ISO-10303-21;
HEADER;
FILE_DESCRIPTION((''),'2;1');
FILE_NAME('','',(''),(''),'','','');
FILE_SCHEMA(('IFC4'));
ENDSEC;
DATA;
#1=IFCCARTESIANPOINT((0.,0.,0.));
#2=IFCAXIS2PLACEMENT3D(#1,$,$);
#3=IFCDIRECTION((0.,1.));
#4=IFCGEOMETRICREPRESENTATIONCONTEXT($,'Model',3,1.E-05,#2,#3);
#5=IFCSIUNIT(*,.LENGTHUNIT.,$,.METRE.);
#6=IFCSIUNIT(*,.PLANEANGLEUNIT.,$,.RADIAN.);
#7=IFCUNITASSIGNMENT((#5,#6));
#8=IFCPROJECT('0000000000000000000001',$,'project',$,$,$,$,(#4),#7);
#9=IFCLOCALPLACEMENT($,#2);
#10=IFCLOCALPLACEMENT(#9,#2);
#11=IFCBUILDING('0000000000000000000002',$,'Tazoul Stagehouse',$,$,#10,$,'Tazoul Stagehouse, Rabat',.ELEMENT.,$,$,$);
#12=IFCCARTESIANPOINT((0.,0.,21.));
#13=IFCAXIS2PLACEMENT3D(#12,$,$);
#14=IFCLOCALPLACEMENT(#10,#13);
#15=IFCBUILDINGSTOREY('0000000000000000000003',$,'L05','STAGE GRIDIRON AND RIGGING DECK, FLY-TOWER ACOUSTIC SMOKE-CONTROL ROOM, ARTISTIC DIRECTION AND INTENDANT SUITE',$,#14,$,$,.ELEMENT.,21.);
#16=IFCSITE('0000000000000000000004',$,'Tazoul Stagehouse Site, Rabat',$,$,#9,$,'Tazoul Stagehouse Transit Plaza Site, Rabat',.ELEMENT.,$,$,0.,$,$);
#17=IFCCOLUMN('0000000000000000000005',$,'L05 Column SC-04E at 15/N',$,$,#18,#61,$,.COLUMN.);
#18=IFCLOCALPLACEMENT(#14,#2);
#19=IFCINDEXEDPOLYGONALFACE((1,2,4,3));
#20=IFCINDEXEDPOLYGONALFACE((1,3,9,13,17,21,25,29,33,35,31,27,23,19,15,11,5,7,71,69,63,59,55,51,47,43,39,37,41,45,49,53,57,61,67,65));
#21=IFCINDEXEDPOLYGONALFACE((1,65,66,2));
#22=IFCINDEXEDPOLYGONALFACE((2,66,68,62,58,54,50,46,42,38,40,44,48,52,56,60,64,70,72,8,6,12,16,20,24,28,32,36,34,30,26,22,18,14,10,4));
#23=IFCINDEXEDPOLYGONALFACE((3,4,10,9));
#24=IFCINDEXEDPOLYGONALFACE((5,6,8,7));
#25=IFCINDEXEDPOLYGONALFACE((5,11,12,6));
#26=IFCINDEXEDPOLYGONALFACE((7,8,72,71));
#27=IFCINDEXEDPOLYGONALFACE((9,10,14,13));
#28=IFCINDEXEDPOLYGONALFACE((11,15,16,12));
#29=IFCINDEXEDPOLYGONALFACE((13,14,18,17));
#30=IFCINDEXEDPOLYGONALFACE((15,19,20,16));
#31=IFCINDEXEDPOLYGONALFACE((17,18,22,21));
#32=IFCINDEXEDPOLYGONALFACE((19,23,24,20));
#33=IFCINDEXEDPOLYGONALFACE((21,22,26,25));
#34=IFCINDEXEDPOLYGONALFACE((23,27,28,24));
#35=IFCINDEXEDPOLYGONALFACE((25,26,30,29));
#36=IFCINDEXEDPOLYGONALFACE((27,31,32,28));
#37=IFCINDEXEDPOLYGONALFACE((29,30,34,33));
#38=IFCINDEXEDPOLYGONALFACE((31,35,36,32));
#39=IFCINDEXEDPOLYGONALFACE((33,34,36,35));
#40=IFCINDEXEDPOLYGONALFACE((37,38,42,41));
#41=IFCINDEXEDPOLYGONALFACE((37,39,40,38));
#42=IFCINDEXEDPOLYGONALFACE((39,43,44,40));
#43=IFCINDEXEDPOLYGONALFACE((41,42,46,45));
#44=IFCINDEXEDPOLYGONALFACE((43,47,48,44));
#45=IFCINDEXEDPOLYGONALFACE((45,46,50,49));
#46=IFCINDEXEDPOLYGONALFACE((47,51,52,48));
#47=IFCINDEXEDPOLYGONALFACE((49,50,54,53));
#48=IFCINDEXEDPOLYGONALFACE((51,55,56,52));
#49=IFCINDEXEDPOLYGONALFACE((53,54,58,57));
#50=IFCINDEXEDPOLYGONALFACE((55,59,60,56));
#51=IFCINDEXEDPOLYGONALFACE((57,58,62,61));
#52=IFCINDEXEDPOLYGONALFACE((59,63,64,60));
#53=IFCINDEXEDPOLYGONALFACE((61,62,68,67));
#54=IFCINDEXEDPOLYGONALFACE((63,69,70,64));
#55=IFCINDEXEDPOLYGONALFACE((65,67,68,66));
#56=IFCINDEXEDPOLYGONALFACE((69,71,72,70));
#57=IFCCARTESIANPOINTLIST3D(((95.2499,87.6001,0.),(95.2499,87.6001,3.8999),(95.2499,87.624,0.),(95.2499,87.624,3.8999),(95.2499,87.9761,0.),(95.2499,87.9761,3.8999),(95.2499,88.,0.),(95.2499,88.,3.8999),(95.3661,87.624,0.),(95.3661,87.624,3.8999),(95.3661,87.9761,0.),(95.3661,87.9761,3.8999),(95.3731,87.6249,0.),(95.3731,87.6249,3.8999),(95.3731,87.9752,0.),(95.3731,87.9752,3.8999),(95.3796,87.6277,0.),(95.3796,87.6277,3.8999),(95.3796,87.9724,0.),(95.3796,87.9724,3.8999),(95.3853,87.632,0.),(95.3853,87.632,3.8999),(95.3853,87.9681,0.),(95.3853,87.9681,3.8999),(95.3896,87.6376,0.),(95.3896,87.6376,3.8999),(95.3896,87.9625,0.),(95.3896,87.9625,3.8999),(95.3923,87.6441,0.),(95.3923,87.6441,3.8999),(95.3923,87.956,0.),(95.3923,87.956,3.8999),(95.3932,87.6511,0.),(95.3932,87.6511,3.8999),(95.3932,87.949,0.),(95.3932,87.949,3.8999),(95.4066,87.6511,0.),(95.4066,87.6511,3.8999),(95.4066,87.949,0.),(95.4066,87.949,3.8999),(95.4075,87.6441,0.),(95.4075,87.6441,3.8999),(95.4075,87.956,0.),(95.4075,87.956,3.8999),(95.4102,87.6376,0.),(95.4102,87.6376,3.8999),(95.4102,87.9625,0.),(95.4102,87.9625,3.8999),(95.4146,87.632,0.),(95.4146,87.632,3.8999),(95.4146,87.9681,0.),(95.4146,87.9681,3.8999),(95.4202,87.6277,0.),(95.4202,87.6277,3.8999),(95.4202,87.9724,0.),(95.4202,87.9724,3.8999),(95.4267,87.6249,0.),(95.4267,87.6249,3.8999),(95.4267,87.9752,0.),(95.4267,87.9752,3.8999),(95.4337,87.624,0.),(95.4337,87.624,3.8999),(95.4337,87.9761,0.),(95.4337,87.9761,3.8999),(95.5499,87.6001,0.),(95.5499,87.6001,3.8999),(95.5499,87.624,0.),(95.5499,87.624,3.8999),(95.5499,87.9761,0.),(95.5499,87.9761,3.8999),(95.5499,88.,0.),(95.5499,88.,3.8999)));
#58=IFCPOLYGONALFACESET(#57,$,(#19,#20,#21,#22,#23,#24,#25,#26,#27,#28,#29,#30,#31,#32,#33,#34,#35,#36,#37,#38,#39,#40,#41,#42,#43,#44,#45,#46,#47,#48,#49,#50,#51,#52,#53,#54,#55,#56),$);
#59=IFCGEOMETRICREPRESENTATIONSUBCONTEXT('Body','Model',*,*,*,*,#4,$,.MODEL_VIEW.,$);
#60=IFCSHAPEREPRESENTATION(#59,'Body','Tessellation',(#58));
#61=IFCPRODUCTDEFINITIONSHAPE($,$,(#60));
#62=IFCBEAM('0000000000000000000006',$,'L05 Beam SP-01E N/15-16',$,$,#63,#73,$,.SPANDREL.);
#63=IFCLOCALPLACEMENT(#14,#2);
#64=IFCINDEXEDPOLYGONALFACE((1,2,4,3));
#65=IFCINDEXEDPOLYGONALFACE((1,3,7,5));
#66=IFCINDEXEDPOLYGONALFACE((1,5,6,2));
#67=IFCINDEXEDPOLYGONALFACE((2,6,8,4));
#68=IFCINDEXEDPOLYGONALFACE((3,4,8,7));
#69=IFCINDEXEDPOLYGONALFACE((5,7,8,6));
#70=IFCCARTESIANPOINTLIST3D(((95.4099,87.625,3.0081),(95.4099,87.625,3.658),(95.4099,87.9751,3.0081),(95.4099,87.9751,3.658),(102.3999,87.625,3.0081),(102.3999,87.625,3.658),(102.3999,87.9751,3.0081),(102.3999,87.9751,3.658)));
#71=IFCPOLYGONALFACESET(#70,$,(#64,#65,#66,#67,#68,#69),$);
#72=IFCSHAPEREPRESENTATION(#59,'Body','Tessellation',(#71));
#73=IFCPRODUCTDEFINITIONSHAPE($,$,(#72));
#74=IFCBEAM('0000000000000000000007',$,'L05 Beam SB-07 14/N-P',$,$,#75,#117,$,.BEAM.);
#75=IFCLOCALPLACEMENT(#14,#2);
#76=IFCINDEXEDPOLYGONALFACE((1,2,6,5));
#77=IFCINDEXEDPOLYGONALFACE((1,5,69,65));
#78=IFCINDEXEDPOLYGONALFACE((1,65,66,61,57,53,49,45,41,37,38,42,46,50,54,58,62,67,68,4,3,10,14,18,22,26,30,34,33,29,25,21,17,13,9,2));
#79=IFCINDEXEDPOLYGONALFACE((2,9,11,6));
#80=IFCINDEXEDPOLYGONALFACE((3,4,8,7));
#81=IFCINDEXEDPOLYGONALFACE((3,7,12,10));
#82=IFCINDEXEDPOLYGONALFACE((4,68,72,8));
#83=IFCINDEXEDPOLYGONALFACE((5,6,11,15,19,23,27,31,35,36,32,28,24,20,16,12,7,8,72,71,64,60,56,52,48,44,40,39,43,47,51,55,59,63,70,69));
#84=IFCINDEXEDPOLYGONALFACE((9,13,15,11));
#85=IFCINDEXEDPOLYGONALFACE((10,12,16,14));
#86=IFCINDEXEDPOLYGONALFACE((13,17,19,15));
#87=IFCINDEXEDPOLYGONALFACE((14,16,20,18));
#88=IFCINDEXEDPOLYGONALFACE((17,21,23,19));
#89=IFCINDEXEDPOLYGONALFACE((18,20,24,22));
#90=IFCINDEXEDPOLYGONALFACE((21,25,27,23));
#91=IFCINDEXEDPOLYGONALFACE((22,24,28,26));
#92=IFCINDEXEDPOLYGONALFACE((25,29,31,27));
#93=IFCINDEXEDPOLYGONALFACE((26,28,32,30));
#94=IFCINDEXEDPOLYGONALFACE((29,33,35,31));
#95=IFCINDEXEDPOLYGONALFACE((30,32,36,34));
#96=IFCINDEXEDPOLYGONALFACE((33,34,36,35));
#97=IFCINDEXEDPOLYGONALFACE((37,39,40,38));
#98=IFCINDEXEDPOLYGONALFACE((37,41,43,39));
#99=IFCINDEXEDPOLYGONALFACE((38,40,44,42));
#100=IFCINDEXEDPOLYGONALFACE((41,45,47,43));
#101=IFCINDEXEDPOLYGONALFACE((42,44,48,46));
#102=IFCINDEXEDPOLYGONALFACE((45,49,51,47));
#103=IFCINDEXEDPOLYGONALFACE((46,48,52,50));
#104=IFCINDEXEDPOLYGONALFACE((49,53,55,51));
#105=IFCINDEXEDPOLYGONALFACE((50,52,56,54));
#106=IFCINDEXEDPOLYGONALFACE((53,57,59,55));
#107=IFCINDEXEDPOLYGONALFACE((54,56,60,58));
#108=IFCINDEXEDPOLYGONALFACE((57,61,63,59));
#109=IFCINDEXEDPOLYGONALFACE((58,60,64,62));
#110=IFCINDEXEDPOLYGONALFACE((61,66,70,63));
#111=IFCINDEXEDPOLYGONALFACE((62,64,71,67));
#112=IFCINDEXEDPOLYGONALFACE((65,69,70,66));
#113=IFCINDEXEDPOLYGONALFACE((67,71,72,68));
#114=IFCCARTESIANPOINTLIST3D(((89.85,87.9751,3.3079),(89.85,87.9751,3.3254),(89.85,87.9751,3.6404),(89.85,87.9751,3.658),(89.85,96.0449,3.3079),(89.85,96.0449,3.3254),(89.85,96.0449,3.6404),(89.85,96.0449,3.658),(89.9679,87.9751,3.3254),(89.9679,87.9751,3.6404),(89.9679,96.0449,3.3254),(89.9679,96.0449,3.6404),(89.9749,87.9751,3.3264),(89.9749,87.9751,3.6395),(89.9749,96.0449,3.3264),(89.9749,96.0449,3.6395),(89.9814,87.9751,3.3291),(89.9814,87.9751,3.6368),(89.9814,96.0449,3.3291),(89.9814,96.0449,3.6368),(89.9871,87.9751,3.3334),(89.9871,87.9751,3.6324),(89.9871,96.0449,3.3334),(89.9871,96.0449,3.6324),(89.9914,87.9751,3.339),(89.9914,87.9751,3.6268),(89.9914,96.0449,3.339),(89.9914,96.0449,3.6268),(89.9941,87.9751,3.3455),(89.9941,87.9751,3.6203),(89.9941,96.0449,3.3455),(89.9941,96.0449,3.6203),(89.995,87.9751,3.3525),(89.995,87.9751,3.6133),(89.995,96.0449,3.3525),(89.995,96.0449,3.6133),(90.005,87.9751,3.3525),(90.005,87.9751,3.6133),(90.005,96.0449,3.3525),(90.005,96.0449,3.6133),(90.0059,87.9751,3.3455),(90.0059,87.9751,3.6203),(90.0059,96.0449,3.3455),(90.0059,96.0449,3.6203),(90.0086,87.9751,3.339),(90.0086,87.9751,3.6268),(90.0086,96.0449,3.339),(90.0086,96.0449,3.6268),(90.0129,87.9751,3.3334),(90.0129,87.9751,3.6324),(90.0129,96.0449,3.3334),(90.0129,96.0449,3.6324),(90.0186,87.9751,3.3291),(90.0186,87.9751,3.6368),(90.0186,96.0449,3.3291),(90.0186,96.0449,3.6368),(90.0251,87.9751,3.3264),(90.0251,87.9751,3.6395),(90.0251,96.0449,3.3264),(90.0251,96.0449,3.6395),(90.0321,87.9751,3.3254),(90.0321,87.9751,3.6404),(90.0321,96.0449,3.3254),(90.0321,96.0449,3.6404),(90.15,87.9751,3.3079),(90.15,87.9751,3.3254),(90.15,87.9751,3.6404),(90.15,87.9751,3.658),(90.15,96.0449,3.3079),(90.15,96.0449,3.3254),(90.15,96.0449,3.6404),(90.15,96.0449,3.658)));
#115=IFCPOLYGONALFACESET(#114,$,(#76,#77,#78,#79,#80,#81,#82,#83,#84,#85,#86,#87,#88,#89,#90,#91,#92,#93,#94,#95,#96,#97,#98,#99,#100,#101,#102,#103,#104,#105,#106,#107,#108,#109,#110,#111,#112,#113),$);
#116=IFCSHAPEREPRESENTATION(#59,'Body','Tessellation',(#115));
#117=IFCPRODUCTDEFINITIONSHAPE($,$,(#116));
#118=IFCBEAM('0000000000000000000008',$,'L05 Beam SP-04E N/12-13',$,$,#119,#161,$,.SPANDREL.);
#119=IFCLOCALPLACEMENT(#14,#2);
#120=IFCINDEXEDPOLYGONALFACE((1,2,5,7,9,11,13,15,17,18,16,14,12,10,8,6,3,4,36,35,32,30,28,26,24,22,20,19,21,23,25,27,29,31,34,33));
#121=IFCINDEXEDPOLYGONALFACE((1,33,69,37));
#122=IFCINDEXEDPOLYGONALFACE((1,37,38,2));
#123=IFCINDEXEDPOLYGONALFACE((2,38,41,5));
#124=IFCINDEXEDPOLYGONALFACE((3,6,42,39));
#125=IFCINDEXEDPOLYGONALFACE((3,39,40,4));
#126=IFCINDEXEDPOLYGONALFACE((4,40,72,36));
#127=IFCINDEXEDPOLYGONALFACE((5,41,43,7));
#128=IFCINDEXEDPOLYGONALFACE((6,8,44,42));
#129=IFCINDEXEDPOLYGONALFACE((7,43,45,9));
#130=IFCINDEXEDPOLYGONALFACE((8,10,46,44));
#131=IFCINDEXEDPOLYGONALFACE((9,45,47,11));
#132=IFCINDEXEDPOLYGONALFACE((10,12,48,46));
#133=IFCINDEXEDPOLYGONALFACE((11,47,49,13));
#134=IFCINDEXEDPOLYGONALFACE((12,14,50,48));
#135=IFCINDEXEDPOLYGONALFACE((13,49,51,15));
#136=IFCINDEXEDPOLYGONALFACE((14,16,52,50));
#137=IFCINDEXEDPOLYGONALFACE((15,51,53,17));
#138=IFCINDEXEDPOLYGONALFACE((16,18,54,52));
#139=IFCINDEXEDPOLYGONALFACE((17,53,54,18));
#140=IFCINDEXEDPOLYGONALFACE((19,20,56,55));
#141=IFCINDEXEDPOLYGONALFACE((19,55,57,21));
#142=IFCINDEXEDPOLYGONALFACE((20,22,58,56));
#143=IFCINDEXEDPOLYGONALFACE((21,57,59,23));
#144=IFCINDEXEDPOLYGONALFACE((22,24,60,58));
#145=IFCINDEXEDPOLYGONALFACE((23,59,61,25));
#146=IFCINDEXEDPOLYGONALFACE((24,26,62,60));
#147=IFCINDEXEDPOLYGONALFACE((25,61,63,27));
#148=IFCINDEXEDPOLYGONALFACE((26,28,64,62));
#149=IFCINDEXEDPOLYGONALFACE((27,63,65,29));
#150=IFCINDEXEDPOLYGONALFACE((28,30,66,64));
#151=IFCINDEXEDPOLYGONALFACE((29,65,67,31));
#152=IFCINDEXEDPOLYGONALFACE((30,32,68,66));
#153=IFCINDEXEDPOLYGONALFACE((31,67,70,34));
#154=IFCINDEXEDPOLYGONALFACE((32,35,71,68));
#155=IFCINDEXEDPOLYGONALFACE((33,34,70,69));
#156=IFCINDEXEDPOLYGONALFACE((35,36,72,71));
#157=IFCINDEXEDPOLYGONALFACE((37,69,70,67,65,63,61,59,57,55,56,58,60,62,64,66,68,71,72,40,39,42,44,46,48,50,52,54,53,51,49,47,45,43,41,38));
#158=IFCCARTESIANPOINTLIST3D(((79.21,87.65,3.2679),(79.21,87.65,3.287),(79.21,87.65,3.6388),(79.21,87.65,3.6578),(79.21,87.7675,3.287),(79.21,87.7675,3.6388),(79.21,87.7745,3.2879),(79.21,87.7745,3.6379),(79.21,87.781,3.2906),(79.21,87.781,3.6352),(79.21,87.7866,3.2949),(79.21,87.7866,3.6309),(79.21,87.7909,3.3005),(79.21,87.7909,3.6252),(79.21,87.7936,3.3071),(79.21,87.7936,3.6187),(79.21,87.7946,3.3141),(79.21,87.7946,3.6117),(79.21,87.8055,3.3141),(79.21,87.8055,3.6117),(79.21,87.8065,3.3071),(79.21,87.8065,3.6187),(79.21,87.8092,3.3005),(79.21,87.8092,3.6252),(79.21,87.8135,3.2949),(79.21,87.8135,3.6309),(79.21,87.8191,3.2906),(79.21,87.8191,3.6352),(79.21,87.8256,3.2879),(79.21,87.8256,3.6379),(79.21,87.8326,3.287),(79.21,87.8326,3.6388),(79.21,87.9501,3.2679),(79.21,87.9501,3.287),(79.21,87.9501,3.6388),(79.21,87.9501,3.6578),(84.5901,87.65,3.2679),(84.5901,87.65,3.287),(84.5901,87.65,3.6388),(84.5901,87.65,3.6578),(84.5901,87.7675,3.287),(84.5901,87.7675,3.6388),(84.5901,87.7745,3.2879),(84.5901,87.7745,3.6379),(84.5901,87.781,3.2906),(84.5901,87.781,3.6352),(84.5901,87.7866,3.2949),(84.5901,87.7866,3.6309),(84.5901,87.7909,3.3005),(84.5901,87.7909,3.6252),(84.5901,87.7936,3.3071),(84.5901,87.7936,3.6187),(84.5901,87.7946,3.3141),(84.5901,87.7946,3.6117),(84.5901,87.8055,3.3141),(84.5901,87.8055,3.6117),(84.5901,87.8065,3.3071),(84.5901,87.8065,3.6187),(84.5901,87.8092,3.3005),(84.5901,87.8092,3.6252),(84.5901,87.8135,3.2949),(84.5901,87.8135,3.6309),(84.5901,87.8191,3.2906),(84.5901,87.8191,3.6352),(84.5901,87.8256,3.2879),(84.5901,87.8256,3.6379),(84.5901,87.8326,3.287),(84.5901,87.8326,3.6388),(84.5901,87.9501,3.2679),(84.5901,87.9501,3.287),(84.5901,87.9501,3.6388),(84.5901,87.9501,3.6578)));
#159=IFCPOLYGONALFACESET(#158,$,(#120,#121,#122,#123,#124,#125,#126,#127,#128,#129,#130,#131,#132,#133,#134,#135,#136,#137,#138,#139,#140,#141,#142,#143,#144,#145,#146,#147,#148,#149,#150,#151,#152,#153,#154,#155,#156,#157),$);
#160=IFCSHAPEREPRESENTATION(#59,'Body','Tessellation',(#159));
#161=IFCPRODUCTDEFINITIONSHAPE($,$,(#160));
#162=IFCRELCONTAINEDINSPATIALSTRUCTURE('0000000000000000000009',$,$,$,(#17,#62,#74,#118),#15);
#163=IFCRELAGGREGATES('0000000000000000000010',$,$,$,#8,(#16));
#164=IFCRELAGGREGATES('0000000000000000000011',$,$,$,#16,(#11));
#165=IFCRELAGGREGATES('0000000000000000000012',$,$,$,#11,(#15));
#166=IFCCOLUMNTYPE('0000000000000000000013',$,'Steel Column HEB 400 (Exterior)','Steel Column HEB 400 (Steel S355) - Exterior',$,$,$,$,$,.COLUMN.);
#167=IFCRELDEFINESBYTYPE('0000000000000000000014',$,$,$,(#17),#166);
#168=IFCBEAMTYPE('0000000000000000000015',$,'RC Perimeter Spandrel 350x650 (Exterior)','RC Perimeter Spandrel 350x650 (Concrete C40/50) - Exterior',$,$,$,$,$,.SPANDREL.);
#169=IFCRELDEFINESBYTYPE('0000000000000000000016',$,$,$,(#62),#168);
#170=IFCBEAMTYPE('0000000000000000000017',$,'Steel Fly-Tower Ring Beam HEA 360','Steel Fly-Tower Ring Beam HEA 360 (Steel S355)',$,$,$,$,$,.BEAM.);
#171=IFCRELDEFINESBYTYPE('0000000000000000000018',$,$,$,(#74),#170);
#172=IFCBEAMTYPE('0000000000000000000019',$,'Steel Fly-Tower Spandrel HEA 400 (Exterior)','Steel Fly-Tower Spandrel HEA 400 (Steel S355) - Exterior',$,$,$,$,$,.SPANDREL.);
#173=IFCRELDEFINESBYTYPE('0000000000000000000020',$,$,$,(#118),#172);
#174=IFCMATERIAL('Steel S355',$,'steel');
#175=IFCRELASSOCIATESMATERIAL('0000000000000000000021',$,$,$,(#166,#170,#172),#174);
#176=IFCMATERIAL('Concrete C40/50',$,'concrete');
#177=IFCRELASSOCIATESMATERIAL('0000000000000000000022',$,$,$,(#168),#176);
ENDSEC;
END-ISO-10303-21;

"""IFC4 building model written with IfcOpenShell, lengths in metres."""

from ifc_helpers import new_model, si_unit, direction, frame, origin, origin_2d, place, context, subcontext, project, spatial, rectangle, i_section, extrude, material, material_profile, profile_set, type_object, element, save


model = new_model("IFC4")

# Units and contexts
model_context = context("Model", 3, precision=1e-05, world=origin(), true_north=direction((0.0, 1.0)))
body_context = subcontext(model_context, "Body", "Model", "MODEL_VIEW")
ifc_project = project(units=[si_unit("LENGTHUNIT", "METRE"), si_unit("PLANEANGLEUNIT", "RADIAN")], contexts=[model_context])

# Site, building, storey
site_placement = place(None, origin())
site = spatial("IfcSite", under=ifc_project, at=site_placement, Name="Tazoul Stagehouse Site, Rabat", LongName="Tazoul Stagehouse Transit Plaza Site, Rabat", CompositionType="ELEMENT", RefElevation=0.0)
building_placement = place(site_placement, origin())
building = spatial("IfcBuilding", under=site, at=building_placement, Name="Tazoul Stagehouse", LongName="Tazoul Stagehouse, Rabat", CompositionType="ELEMENT")
storey_placement = place(building_placement, frame((0.0, 0.0, 21.0)))
storey = spatial("IfcBuildingStorey", under=building, at=storey_placement, Name="L05", Description="STAGE GRIDIRON AND RIGGING DECK, FLY-TOWER ACOUSTIC SMOKE-CONTROL ROOM, ARTISTIC DIRECTION AND INTENDANT SUITE", CompositionType="ELEMENT", Elevation=21.0)

# Column
ifc_material_1 = material(Name="Concrete C40/50", Category="concrete")
ifc_material_2 = material(Name="Steel S355", Category="steel")
ifc_material_profile_1 = material_profile(ifc_material_2, i_section(OverallWidth=0.3, OverallDepth=0.3999, WebThickness=0.0134, FlangeThickness=0.0239, FilletRadius=0.0271, at=origin_2d()), Name="HEB 400")
ifc_profile_set_1 = profile_set([ifc_material_profile_1], Name="Steel S355")
column_type_1 = type_object("IfcColumnType", Name="Steel Column HEB 400 (Exterior)", Description="Steel Column HEB 400 (Steel S355) - Exterior", PredefinedType="COLUMN", material=ifc_profile_set_1)
for number, where, z_axis, x_axis, name in (
    (1, (95.3999, 87.8, 0.0), (0.0, 0.0, 1.0), (1.0, 0.0, 0.0), "L05 Column SC-04E at 15/N"),
):
    element("IfcColumn", number, at=place(storey_placement, frame(where, z_axis=z_axis, x_axis=x_axis)), inside=storey, type_object=column_type_1, Name=name, PredefinedType="COLUMN", context=body_context, shape_type="SweptSolid", body=[
        extrude(i_section(OverallWidth=0.3, OverallDepth=0.3999, WebThickness=0.0134, FlangeThickness=0.0239, FilletRadius=0.0271, at=origin_2d()), origin(), (0.0, 0.0, 1.0), 3.8999),
    ])

# Beams
ifc_material_profile_2 = material_profile(ifc_material_1, rectangle(XDim=0.3501, YDim=0.6499, at=origin_2d()), Name="RC 350x650")
ifc_profile_set_2 = profile_set([ifc_material_profile_2], Name="Concrete C40/50")
beam_type_1 = type_object("IfcBeamType", Name="RC Perimeter Spandrel 350x650 (Exterior)", Description="RC Perimeter Spandrel 350x650 (Concrete C40/50) - Exterior", PredefinedType="SPANDREL", material=ifc_profile_set_2)
beam_1_placement = place(storey_placement, frame((95.4099, 87.8, 3.333), z_axis=(1.0, 0.0, 0.0), x_axis=(0.0, 1.0, 0.0)))
element("IfcBeam", 2, at=beam_1_placement, inside=storey, type_object=beam_type_1, Name="L05 Beam SP-01E N/15-16", PredefinedType="SPANDREL", context=body_context, shape_type="SweptSolid", body=[
    extrude(rectangle(XDim=0.3501, YDim=0.6499, at=origin_2d()), origin(), (0.0, 0.0, 1.0), 6.99),
])
ifc_material_profile_3 = material_profile(ifc_material_2, i_section(OverallWidth=0.3, OverallDepth=0.3501, WebThickness=0.01, FlangeThickness=0.0176, FilletRadius=0.0271, at=origin_2d()), Name="HEA 360")
ifc_profile_set_3 = profile_set([ifc_material_profile_3], Name="Steel S355")
beam_type_2 = type_object("IfcBeamType", Name="Steel Fly-Tower Ring Beam HEA 360", Description="Steel Fly-Tower Ring Beam HEA 360 (Steel S355)", PredefinedType="BEAM", material=ifc_profile_set_3)
beam_2_placement = place(storey_placement, frame((90.0, 87.9751, 3.4829), z_axis=(0.0, 1.0, 0.0), x_axis=(-1.0, 0.0, 0.0)))
element("IfcBeam", 3, at=beam_2_placement, inside=storey, type_object=beam_type_2, Name="L05 Beam SB-07 14/N-P", PredefinedType="BEAM", context=body_context, shape_type="SweptSolid", body=[
    extrude(i_section(OverallWidth=0.3, OverallDepth=0.3501, WebThickness=0.01, FlangeThickness=0.0176, FilletRadius=0.0271, at=origin_2d()), origin(), (0.0, 0.0, 1.0), 8.0698),
])
ifc_material_profile_4 = material_profile(ifc_material_2, i_section(OverallWidth=0.3, OverallDepth=0.3899, WebThickness=0.011, FlangeThickness=0.019, FilletRadius=0.0271, at=origin_2d()), Name="HEA 400")
ifc_profile_set_4 = profile_set([ifc_material_profile_4], Name="Steel S355")
beam_type_3 = type_object("IfcBeamType", Name="Steel Fly-Tower Spandrel HEA 400 (Exterior)", Description="Steel Fly-Tower Spandrel HEA 400 (Steel S355) - Exterior", PredefinedType="SPANDREL", material=ifc_profile_set_4)
beam_3_placement = place(storey_placement, frame((79.21, 87.8, 3.4629), z_axis=(1.0, 0.0, 0.0), x_axis=(0.0, 1.0, 0.0)))
element("IfcBeam", 4, at=beam_3_placement, inside=storey, type_object=beam_type_3, Name="L05 Beam SP-04E N/12-13", PredefinedType="SPANDREL", context=body_context, shape_type="SweptSolid", body=[
    extrude(i_section(OverallWidth=0.3, OverallDepth=0.3899, WebThickness=0.011, FlangeThickness=0.019, FilletRadius=0.0271, at=origin_2d()), origin(), (0.0, 0.0, 1.0), 5.3801),
])

save(model, "model.ifc")
